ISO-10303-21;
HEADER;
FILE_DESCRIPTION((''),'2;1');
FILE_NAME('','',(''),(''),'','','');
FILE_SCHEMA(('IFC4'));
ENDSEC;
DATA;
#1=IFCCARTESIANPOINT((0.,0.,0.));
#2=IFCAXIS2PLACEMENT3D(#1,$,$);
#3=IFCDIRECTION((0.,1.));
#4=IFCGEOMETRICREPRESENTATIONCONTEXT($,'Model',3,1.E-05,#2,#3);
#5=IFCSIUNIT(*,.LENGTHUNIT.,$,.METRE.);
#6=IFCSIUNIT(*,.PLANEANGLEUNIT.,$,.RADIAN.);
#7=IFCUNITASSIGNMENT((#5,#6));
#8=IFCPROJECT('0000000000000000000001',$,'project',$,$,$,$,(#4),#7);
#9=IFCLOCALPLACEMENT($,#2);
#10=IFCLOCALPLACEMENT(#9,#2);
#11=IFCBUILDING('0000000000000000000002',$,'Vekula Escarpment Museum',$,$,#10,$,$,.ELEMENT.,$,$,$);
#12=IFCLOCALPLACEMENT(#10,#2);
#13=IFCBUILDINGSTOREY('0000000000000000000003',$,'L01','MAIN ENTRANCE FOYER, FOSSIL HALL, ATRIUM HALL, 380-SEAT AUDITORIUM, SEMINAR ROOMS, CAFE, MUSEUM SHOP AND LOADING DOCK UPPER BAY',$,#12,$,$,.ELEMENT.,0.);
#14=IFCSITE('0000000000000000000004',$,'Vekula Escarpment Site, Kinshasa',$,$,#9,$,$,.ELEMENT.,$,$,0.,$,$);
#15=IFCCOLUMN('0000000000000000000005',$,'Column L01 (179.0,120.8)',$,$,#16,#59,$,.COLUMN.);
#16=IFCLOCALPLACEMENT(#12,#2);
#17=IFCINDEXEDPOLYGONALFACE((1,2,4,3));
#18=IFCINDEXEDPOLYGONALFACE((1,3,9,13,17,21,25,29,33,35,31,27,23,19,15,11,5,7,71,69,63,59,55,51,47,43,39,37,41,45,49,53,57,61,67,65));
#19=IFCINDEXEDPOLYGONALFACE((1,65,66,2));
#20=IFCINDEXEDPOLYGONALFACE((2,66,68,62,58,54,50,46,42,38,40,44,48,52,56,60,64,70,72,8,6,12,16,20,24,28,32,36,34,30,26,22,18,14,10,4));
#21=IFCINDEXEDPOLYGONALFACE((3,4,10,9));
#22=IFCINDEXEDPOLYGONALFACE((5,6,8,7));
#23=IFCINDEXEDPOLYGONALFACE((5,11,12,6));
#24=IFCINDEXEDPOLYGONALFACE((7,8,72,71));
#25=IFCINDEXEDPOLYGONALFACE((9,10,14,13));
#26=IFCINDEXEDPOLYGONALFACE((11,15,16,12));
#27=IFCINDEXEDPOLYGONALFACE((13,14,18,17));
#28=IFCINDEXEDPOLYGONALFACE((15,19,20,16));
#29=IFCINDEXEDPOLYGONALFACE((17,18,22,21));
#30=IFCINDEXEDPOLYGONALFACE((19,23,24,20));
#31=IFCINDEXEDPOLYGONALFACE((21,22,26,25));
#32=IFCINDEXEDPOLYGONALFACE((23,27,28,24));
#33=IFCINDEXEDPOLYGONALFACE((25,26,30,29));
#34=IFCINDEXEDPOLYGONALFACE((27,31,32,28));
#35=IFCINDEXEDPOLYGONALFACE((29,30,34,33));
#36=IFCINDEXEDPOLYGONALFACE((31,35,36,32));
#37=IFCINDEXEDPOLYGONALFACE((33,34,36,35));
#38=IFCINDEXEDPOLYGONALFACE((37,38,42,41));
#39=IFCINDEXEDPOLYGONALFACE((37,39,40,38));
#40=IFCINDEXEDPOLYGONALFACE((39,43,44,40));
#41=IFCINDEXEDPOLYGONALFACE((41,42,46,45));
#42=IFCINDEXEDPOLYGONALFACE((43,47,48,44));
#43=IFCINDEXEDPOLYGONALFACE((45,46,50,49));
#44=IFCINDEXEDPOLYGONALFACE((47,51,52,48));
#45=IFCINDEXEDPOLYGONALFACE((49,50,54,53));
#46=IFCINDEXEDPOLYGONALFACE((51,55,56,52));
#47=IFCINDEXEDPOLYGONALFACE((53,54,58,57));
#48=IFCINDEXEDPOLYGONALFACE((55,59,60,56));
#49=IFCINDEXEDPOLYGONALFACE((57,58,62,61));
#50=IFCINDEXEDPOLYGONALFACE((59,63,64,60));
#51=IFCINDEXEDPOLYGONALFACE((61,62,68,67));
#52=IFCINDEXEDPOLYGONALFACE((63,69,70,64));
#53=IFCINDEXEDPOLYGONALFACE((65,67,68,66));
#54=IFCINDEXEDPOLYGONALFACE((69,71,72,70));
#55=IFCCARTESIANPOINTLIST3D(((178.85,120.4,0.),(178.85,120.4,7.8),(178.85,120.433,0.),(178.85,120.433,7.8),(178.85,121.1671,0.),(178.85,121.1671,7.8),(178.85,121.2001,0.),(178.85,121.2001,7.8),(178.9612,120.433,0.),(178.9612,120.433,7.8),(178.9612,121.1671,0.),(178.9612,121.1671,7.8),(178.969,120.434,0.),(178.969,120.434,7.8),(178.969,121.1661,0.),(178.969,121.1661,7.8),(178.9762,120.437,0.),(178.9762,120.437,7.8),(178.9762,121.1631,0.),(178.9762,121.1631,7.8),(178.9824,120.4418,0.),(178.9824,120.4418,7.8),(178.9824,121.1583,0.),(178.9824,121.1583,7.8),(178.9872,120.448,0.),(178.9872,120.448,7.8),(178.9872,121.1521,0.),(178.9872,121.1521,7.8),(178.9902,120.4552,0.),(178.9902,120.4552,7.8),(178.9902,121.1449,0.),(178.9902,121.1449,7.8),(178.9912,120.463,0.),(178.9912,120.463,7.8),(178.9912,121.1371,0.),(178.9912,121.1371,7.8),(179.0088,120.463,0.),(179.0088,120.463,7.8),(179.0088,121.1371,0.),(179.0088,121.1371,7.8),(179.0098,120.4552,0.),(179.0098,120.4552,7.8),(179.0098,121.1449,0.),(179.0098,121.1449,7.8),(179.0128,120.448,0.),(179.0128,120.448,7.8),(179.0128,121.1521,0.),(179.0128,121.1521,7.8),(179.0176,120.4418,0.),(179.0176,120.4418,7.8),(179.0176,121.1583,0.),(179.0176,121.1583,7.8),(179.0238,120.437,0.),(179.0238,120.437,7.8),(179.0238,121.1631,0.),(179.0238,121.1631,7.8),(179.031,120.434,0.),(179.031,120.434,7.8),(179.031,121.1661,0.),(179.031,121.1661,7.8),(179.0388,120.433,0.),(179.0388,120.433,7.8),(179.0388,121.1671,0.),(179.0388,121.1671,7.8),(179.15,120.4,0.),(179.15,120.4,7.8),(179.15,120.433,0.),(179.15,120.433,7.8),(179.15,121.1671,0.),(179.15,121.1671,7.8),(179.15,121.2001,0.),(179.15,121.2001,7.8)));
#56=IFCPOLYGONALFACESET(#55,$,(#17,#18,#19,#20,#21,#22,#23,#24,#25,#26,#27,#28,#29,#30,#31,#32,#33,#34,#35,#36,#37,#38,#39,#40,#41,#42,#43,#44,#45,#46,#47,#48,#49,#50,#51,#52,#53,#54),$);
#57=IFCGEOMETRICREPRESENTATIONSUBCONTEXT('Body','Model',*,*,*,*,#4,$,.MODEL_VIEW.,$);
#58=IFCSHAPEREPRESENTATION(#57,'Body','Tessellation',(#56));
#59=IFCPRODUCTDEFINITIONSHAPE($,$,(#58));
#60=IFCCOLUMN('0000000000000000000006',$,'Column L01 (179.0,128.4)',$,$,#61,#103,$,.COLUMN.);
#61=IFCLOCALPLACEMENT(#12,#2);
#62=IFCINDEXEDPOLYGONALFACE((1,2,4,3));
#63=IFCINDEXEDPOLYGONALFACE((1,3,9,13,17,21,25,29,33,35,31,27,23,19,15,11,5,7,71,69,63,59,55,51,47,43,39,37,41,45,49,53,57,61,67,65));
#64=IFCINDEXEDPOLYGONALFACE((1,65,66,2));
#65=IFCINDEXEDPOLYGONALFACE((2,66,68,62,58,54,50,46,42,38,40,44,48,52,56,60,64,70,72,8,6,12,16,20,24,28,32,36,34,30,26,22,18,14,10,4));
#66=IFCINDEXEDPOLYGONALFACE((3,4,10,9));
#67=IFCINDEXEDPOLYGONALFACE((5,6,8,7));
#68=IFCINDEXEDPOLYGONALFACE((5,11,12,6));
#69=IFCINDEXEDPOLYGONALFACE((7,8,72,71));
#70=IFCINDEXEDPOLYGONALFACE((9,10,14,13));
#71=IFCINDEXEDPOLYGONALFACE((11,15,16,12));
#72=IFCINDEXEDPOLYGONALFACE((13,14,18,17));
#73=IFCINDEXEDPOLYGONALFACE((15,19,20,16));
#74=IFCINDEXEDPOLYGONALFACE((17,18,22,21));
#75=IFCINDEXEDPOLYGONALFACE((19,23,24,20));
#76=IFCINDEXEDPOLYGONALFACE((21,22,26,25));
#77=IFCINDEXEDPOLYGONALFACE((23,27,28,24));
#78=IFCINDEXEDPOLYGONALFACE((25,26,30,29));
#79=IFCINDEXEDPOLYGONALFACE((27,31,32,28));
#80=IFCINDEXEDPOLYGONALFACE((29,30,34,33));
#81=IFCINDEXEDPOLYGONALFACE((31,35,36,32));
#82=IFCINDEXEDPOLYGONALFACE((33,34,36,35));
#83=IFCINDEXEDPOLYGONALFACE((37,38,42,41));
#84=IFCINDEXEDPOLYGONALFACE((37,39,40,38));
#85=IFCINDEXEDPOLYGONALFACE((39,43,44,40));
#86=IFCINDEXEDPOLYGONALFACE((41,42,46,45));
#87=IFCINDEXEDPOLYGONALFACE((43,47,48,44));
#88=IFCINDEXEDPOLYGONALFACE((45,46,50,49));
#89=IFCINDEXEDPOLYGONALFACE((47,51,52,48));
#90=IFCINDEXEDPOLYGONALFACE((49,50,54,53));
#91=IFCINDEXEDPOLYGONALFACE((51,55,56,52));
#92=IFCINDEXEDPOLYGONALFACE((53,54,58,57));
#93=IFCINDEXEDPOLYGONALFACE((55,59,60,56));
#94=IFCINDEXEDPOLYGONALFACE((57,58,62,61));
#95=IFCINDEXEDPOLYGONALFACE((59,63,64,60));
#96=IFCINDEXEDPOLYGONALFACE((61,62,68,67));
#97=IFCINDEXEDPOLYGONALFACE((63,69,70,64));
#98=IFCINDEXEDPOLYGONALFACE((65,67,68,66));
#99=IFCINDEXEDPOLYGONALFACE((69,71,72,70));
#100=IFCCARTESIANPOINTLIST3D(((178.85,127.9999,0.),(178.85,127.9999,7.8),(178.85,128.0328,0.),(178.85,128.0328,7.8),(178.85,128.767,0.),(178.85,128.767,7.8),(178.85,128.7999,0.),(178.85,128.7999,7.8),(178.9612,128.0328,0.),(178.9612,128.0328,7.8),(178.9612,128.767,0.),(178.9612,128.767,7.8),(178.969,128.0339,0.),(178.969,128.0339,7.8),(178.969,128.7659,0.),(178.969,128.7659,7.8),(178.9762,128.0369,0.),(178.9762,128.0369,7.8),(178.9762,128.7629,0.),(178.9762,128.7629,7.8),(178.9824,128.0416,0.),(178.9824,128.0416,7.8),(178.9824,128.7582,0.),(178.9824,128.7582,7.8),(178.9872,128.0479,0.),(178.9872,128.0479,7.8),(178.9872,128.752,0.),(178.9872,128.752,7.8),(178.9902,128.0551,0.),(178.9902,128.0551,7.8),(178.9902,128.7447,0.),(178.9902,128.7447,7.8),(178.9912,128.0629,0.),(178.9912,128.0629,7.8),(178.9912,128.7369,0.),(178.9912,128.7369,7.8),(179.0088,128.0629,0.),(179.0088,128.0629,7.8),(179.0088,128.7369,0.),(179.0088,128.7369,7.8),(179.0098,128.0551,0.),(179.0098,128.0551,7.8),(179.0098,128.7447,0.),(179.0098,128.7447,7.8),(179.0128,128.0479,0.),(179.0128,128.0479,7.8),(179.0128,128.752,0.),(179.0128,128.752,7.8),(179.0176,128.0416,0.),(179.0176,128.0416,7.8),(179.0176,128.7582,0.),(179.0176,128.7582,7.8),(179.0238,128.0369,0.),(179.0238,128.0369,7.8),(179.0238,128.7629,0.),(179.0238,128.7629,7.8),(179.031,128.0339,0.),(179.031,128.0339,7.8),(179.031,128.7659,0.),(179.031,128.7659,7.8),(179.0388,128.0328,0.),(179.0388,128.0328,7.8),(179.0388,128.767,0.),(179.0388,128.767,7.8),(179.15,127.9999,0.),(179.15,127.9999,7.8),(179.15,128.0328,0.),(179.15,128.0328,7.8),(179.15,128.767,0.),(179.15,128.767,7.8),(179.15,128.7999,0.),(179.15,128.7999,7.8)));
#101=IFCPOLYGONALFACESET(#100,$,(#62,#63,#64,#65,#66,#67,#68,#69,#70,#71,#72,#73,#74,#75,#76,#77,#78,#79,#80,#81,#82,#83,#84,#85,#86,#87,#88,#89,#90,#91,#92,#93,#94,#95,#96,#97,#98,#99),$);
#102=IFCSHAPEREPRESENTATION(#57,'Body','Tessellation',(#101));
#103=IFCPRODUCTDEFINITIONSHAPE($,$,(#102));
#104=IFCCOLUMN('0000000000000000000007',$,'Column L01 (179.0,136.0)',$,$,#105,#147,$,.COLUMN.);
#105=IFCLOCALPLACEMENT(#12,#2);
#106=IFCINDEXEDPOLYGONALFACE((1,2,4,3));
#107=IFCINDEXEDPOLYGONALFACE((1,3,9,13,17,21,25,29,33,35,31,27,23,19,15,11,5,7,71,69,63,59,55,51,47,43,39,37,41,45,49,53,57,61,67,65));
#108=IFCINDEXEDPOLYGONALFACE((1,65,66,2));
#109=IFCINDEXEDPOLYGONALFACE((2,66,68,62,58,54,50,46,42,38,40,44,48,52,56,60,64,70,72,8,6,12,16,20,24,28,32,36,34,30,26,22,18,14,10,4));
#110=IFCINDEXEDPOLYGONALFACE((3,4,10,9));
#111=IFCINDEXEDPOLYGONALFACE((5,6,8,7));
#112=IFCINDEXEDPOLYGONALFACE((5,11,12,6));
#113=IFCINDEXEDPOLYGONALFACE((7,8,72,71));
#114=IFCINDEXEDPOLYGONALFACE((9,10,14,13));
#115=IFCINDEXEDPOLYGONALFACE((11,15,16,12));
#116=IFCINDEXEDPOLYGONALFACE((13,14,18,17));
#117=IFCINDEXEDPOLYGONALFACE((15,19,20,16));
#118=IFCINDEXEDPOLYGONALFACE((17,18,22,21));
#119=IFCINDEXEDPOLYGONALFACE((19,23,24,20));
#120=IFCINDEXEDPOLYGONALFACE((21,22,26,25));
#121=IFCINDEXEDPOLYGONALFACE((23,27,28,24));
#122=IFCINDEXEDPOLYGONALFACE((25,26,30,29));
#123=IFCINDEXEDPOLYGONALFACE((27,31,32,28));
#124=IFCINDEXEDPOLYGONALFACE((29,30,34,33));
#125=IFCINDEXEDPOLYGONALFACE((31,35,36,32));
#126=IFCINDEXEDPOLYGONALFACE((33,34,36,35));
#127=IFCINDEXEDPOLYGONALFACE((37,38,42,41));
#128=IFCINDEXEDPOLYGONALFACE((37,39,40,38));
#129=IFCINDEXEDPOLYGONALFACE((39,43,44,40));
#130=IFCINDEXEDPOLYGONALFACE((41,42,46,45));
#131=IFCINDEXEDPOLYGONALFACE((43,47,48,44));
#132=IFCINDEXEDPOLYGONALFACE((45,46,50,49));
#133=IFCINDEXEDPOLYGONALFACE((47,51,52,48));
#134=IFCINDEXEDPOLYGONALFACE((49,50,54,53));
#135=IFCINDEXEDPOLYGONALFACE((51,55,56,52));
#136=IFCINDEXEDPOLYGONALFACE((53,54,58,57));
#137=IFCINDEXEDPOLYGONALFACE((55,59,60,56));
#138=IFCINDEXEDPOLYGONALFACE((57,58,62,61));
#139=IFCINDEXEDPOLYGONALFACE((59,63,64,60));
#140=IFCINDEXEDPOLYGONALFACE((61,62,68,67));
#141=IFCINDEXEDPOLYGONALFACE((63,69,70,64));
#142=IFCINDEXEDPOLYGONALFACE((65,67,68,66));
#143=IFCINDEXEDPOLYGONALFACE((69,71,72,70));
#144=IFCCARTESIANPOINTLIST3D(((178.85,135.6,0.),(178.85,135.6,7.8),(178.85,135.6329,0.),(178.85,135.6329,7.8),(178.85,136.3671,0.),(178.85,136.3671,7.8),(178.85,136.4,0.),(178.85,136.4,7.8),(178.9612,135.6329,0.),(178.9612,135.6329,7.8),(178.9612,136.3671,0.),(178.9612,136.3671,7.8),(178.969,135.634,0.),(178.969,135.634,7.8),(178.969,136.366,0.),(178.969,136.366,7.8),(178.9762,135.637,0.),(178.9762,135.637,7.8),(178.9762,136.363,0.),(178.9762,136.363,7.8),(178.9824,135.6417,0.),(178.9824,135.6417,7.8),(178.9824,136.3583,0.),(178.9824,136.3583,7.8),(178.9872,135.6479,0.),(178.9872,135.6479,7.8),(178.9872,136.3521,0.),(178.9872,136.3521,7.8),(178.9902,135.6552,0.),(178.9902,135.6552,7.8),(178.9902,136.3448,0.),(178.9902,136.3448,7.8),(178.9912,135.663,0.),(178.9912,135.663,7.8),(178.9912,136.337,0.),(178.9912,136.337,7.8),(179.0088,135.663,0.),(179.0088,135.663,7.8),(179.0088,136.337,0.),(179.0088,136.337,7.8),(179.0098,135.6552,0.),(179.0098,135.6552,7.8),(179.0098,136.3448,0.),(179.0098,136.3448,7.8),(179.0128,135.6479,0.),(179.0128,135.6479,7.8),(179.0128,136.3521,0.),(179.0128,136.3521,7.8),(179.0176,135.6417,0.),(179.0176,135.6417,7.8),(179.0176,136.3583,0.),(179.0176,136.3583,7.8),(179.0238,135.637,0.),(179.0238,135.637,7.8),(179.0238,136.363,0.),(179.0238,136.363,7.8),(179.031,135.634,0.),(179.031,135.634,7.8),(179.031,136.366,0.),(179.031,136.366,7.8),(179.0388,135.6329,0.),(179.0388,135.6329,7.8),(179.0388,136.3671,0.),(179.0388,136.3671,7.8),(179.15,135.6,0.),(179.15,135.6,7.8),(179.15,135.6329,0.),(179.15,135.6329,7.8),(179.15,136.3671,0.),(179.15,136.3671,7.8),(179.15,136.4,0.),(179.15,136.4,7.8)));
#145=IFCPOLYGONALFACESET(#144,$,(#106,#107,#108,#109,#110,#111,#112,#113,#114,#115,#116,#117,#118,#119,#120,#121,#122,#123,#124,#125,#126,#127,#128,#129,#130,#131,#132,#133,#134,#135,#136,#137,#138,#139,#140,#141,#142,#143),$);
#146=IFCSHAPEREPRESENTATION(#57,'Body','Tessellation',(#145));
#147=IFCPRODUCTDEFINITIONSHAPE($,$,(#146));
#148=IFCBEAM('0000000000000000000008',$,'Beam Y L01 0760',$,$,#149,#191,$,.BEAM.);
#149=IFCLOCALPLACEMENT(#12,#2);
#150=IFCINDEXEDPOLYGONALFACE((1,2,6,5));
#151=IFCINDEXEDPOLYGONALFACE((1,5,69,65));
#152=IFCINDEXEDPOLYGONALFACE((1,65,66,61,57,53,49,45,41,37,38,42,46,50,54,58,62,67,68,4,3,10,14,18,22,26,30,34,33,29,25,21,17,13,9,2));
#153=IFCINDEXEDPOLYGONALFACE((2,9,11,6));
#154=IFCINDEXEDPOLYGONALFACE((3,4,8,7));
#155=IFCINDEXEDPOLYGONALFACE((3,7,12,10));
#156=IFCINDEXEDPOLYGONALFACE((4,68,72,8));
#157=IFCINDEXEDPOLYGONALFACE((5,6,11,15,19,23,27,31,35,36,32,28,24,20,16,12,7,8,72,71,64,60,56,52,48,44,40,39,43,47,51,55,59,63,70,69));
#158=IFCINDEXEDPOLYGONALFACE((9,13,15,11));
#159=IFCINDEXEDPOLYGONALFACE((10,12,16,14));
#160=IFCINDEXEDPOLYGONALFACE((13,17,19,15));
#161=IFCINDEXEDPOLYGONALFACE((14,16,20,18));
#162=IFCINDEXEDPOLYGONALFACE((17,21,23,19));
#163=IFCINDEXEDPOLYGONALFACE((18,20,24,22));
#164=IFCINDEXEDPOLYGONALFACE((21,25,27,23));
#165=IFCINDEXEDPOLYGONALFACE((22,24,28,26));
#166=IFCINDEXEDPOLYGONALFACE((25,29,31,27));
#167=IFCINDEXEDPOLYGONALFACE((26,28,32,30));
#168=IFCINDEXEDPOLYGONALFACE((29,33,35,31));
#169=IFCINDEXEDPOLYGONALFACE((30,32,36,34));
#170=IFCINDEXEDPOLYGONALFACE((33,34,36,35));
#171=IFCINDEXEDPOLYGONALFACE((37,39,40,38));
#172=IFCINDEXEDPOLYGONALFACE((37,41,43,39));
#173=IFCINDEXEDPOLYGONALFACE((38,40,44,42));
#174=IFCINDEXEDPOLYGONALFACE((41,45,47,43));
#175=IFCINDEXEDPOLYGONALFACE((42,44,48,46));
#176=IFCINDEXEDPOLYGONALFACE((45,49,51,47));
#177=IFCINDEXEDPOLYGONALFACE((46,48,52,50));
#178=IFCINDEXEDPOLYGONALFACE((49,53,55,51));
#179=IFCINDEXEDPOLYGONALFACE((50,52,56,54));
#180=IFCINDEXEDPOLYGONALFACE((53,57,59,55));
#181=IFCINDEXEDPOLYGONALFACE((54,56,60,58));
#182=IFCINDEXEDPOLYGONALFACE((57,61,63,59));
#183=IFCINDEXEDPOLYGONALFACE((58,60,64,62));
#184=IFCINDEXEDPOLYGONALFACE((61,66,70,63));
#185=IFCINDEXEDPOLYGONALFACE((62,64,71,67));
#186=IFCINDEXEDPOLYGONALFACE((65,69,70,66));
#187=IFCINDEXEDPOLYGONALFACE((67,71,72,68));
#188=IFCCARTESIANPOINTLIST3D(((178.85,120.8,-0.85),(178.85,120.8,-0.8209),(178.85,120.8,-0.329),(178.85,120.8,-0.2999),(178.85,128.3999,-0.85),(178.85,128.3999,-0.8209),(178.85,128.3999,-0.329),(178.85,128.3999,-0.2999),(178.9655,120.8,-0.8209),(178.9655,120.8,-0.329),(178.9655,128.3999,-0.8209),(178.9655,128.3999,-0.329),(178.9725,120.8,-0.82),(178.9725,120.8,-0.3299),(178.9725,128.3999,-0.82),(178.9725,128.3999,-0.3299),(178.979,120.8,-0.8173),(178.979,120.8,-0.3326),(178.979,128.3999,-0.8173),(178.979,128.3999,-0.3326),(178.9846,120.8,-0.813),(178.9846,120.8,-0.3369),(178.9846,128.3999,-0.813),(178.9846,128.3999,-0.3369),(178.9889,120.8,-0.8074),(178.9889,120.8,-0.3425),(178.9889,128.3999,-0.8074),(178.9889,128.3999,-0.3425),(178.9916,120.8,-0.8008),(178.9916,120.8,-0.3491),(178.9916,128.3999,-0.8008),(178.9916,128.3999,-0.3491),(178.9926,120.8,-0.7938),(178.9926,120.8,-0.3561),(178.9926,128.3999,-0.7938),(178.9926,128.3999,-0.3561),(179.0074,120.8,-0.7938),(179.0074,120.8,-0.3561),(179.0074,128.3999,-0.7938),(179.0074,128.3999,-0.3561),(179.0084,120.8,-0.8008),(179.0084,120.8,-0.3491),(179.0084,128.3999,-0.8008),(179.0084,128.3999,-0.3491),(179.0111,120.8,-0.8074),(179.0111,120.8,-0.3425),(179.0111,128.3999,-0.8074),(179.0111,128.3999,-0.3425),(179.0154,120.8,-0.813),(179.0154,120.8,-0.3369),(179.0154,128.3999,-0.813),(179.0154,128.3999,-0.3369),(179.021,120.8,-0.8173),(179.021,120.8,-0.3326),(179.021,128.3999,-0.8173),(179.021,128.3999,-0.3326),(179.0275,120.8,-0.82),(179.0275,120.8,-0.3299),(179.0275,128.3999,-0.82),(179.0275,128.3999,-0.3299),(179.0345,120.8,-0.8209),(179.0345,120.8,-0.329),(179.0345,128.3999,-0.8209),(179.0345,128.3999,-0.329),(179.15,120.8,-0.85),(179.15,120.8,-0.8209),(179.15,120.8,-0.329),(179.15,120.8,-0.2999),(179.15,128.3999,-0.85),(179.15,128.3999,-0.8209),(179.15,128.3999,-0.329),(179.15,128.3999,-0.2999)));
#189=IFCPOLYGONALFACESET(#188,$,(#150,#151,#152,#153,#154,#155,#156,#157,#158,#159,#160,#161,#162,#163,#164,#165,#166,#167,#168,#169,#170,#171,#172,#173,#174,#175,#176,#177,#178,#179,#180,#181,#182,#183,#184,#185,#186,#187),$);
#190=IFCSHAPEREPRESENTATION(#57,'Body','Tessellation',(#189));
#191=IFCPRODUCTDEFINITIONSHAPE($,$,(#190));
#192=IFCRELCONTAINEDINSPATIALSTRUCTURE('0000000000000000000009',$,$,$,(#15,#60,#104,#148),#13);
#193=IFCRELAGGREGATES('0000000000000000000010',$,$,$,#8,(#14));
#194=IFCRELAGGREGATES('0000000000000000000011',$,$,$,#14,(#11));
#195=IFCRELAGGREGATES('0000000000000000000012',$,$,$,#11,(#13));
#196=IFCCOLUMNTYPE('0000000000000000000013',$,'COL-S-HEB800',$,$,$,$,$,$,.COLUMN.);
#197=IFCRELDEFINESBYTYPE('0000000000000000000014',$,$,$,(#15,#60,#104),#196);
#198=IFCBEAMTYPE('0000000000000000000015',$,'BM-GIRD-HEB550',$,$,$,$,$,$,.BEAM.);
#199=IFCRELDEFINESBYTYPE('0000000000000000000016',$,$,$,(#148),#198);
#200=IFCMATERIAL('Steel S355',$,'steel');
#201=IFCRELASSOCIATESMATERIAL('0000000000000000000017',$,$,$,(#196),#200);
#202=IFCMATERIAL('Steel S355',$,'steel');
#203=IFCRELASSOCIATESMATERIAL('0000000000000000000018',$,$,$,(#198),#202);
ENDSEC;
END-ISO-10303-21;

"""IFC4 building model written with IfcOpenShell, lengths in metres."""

from ifc_helpers import new_model, si_unit, direction, frame, origin, origin_2d, place, context, subcontext, project, spatial, i_section, extrude, material, material_profile, profile_set, type_object, element, save


model = new_model("IFC4")

# Units and contexts
model_context = context("Model", 3, precision=1e-05, world=origin(), true_north=direction((0.0, 1.0)))
body_context = subcontext(model_context, "Body", "Model", "MODEL_VIEW")
ifc_project = project(units=[si_unit("LENGTHUNIT", "METRE"), si_unit("PLANEANGLEUNIT", "RADIAN")], contexts=[model_context])

# Site, building, storey
site_placement = place(None, origin())
site = spatial("IfcSite", under=ifc_project, at=site_placement, Name="Vekula Escarpment Site, Kinshasa", CompositionType="ELEMENT", RefElevation=0.0)
building_placement = place(site_placement, origin())
building = spatial("IfcBuilding", under=site, at=building_placement, Name="Vekula Escarpment Museum", CompositionType="ELEMENT")
storey_placement = place(building_placement, origin())
storey = spatial("IfcBuildingStorey", under=building, at=storey_placement, Name="L01", Description="MAIN ENTRANCE FOYER, FOSSIL HALL, ATRIUM HALL, 380-SEAT AUDITORIUM, SEMINAR ROOMS, CAFE, MUSEUM SHOP AND LOADING DOCK UPPER BAY", CompositionType="ELEMENT", Elevation=0.0)

# Columns
ifc_material_1 = material(Name="Steel S355", Category="steel")
ifc_material_profile_1 = material_profile(ifc_material_1, i_section(OverallWidth=0.3, OverallDepth=0.8, WebThickness=0.0176, FlangeThickness=0.033, FilletRadius=0.03, at=origin_2d()), Name="HEB 800")
ifc_profile_set_1 = profile_set([ifc_material_profile_1], Name="Steel S355")
column_type = type_object("IfcColumnType", Name="COL-S-HEB800", PredefinedType="COLUMN", material=ifc_profile_set_1)
for number, where, z_axis, x_axis, name in (
    (1, (179.0, 120.8, 0.0), (0.0, 0.0, 1.0), (1.0, 0.0, 0.0), "Column L01 (179.0,120.8)"),
    (2, (179.0, 128.3999, 0.0), (0.0, 0.0, 1.0), (1.0, 0.0, 0.0), "Column L01 (179.0,128.4)"),
    (3, (179.0, 136.0, 0.0), (0.0, 0.0, 1.0), (1.0, 0.0, 0.0), "Column L01 (179.0,136.0)"),
):
    element("IfcColumn", number, at=place(storey_placement, frame(where, z_axis=z_axis, x_axis=x_axis)), inside=storey, type_object=column_type, Name=name, PredefinedType="COLUMN", context=body_context, shape_type="SweptSolid", body=[
        extrude(i_section(OverallWidth=0.3, OverallDepth=0.8, WebThickness=0.0176, FlangeThickness=0.033, FilletRadius=0.03, at=origin_2d()), origin(), (0.0, 0.0, 1.0), 7.8),
    ])

# Beam
ifc_material_2 = material(Name="Steel S355", Category="steel")
ifc_material_profile_2 = material_profile(ifc_material_2, i_section(OverallWidth=0.3, OverallDepth=0.55, WebThickness=0.0149, FlangeThickness=0.0291, FilletRadius=0.0271, at=origin_2d()), Name="HEB 550")
ifc_profile_set_2 = profile_set([ifc_material_profile_2], Name="Steel S355")
beam_type_1 = type_object("IfcBeamType", Name="BM-GIRD-HEB550", PredefinedType="BEAM", material=ifc_profile_set_2)
beam_1_placement = place(storey_placement, frame((179.0, 120.8, -0.575), z_axis=(0.0, 1.0, 0.0), x_axis=(-1.0, 0.0, 0.0)))
element("IfcBeam", 4, at=beam_1_placement, inside=storey, type_object=beam_type_1, Name="Beam Y L01 0760", PredefinedType="BEAM", context=body_context, shape_type="SweptSolid", body=[
    extrude(i_section(OverallWidth=0.3, OverallDepth=0.55, WebThickness=0.0149, FlangeThickness=0.0291, FilletRadius=0.0271, at=origin_2d()), origin(), (0.0, 0.0, 1.0), 7.5999),
])

save(model, "model.ifc")
